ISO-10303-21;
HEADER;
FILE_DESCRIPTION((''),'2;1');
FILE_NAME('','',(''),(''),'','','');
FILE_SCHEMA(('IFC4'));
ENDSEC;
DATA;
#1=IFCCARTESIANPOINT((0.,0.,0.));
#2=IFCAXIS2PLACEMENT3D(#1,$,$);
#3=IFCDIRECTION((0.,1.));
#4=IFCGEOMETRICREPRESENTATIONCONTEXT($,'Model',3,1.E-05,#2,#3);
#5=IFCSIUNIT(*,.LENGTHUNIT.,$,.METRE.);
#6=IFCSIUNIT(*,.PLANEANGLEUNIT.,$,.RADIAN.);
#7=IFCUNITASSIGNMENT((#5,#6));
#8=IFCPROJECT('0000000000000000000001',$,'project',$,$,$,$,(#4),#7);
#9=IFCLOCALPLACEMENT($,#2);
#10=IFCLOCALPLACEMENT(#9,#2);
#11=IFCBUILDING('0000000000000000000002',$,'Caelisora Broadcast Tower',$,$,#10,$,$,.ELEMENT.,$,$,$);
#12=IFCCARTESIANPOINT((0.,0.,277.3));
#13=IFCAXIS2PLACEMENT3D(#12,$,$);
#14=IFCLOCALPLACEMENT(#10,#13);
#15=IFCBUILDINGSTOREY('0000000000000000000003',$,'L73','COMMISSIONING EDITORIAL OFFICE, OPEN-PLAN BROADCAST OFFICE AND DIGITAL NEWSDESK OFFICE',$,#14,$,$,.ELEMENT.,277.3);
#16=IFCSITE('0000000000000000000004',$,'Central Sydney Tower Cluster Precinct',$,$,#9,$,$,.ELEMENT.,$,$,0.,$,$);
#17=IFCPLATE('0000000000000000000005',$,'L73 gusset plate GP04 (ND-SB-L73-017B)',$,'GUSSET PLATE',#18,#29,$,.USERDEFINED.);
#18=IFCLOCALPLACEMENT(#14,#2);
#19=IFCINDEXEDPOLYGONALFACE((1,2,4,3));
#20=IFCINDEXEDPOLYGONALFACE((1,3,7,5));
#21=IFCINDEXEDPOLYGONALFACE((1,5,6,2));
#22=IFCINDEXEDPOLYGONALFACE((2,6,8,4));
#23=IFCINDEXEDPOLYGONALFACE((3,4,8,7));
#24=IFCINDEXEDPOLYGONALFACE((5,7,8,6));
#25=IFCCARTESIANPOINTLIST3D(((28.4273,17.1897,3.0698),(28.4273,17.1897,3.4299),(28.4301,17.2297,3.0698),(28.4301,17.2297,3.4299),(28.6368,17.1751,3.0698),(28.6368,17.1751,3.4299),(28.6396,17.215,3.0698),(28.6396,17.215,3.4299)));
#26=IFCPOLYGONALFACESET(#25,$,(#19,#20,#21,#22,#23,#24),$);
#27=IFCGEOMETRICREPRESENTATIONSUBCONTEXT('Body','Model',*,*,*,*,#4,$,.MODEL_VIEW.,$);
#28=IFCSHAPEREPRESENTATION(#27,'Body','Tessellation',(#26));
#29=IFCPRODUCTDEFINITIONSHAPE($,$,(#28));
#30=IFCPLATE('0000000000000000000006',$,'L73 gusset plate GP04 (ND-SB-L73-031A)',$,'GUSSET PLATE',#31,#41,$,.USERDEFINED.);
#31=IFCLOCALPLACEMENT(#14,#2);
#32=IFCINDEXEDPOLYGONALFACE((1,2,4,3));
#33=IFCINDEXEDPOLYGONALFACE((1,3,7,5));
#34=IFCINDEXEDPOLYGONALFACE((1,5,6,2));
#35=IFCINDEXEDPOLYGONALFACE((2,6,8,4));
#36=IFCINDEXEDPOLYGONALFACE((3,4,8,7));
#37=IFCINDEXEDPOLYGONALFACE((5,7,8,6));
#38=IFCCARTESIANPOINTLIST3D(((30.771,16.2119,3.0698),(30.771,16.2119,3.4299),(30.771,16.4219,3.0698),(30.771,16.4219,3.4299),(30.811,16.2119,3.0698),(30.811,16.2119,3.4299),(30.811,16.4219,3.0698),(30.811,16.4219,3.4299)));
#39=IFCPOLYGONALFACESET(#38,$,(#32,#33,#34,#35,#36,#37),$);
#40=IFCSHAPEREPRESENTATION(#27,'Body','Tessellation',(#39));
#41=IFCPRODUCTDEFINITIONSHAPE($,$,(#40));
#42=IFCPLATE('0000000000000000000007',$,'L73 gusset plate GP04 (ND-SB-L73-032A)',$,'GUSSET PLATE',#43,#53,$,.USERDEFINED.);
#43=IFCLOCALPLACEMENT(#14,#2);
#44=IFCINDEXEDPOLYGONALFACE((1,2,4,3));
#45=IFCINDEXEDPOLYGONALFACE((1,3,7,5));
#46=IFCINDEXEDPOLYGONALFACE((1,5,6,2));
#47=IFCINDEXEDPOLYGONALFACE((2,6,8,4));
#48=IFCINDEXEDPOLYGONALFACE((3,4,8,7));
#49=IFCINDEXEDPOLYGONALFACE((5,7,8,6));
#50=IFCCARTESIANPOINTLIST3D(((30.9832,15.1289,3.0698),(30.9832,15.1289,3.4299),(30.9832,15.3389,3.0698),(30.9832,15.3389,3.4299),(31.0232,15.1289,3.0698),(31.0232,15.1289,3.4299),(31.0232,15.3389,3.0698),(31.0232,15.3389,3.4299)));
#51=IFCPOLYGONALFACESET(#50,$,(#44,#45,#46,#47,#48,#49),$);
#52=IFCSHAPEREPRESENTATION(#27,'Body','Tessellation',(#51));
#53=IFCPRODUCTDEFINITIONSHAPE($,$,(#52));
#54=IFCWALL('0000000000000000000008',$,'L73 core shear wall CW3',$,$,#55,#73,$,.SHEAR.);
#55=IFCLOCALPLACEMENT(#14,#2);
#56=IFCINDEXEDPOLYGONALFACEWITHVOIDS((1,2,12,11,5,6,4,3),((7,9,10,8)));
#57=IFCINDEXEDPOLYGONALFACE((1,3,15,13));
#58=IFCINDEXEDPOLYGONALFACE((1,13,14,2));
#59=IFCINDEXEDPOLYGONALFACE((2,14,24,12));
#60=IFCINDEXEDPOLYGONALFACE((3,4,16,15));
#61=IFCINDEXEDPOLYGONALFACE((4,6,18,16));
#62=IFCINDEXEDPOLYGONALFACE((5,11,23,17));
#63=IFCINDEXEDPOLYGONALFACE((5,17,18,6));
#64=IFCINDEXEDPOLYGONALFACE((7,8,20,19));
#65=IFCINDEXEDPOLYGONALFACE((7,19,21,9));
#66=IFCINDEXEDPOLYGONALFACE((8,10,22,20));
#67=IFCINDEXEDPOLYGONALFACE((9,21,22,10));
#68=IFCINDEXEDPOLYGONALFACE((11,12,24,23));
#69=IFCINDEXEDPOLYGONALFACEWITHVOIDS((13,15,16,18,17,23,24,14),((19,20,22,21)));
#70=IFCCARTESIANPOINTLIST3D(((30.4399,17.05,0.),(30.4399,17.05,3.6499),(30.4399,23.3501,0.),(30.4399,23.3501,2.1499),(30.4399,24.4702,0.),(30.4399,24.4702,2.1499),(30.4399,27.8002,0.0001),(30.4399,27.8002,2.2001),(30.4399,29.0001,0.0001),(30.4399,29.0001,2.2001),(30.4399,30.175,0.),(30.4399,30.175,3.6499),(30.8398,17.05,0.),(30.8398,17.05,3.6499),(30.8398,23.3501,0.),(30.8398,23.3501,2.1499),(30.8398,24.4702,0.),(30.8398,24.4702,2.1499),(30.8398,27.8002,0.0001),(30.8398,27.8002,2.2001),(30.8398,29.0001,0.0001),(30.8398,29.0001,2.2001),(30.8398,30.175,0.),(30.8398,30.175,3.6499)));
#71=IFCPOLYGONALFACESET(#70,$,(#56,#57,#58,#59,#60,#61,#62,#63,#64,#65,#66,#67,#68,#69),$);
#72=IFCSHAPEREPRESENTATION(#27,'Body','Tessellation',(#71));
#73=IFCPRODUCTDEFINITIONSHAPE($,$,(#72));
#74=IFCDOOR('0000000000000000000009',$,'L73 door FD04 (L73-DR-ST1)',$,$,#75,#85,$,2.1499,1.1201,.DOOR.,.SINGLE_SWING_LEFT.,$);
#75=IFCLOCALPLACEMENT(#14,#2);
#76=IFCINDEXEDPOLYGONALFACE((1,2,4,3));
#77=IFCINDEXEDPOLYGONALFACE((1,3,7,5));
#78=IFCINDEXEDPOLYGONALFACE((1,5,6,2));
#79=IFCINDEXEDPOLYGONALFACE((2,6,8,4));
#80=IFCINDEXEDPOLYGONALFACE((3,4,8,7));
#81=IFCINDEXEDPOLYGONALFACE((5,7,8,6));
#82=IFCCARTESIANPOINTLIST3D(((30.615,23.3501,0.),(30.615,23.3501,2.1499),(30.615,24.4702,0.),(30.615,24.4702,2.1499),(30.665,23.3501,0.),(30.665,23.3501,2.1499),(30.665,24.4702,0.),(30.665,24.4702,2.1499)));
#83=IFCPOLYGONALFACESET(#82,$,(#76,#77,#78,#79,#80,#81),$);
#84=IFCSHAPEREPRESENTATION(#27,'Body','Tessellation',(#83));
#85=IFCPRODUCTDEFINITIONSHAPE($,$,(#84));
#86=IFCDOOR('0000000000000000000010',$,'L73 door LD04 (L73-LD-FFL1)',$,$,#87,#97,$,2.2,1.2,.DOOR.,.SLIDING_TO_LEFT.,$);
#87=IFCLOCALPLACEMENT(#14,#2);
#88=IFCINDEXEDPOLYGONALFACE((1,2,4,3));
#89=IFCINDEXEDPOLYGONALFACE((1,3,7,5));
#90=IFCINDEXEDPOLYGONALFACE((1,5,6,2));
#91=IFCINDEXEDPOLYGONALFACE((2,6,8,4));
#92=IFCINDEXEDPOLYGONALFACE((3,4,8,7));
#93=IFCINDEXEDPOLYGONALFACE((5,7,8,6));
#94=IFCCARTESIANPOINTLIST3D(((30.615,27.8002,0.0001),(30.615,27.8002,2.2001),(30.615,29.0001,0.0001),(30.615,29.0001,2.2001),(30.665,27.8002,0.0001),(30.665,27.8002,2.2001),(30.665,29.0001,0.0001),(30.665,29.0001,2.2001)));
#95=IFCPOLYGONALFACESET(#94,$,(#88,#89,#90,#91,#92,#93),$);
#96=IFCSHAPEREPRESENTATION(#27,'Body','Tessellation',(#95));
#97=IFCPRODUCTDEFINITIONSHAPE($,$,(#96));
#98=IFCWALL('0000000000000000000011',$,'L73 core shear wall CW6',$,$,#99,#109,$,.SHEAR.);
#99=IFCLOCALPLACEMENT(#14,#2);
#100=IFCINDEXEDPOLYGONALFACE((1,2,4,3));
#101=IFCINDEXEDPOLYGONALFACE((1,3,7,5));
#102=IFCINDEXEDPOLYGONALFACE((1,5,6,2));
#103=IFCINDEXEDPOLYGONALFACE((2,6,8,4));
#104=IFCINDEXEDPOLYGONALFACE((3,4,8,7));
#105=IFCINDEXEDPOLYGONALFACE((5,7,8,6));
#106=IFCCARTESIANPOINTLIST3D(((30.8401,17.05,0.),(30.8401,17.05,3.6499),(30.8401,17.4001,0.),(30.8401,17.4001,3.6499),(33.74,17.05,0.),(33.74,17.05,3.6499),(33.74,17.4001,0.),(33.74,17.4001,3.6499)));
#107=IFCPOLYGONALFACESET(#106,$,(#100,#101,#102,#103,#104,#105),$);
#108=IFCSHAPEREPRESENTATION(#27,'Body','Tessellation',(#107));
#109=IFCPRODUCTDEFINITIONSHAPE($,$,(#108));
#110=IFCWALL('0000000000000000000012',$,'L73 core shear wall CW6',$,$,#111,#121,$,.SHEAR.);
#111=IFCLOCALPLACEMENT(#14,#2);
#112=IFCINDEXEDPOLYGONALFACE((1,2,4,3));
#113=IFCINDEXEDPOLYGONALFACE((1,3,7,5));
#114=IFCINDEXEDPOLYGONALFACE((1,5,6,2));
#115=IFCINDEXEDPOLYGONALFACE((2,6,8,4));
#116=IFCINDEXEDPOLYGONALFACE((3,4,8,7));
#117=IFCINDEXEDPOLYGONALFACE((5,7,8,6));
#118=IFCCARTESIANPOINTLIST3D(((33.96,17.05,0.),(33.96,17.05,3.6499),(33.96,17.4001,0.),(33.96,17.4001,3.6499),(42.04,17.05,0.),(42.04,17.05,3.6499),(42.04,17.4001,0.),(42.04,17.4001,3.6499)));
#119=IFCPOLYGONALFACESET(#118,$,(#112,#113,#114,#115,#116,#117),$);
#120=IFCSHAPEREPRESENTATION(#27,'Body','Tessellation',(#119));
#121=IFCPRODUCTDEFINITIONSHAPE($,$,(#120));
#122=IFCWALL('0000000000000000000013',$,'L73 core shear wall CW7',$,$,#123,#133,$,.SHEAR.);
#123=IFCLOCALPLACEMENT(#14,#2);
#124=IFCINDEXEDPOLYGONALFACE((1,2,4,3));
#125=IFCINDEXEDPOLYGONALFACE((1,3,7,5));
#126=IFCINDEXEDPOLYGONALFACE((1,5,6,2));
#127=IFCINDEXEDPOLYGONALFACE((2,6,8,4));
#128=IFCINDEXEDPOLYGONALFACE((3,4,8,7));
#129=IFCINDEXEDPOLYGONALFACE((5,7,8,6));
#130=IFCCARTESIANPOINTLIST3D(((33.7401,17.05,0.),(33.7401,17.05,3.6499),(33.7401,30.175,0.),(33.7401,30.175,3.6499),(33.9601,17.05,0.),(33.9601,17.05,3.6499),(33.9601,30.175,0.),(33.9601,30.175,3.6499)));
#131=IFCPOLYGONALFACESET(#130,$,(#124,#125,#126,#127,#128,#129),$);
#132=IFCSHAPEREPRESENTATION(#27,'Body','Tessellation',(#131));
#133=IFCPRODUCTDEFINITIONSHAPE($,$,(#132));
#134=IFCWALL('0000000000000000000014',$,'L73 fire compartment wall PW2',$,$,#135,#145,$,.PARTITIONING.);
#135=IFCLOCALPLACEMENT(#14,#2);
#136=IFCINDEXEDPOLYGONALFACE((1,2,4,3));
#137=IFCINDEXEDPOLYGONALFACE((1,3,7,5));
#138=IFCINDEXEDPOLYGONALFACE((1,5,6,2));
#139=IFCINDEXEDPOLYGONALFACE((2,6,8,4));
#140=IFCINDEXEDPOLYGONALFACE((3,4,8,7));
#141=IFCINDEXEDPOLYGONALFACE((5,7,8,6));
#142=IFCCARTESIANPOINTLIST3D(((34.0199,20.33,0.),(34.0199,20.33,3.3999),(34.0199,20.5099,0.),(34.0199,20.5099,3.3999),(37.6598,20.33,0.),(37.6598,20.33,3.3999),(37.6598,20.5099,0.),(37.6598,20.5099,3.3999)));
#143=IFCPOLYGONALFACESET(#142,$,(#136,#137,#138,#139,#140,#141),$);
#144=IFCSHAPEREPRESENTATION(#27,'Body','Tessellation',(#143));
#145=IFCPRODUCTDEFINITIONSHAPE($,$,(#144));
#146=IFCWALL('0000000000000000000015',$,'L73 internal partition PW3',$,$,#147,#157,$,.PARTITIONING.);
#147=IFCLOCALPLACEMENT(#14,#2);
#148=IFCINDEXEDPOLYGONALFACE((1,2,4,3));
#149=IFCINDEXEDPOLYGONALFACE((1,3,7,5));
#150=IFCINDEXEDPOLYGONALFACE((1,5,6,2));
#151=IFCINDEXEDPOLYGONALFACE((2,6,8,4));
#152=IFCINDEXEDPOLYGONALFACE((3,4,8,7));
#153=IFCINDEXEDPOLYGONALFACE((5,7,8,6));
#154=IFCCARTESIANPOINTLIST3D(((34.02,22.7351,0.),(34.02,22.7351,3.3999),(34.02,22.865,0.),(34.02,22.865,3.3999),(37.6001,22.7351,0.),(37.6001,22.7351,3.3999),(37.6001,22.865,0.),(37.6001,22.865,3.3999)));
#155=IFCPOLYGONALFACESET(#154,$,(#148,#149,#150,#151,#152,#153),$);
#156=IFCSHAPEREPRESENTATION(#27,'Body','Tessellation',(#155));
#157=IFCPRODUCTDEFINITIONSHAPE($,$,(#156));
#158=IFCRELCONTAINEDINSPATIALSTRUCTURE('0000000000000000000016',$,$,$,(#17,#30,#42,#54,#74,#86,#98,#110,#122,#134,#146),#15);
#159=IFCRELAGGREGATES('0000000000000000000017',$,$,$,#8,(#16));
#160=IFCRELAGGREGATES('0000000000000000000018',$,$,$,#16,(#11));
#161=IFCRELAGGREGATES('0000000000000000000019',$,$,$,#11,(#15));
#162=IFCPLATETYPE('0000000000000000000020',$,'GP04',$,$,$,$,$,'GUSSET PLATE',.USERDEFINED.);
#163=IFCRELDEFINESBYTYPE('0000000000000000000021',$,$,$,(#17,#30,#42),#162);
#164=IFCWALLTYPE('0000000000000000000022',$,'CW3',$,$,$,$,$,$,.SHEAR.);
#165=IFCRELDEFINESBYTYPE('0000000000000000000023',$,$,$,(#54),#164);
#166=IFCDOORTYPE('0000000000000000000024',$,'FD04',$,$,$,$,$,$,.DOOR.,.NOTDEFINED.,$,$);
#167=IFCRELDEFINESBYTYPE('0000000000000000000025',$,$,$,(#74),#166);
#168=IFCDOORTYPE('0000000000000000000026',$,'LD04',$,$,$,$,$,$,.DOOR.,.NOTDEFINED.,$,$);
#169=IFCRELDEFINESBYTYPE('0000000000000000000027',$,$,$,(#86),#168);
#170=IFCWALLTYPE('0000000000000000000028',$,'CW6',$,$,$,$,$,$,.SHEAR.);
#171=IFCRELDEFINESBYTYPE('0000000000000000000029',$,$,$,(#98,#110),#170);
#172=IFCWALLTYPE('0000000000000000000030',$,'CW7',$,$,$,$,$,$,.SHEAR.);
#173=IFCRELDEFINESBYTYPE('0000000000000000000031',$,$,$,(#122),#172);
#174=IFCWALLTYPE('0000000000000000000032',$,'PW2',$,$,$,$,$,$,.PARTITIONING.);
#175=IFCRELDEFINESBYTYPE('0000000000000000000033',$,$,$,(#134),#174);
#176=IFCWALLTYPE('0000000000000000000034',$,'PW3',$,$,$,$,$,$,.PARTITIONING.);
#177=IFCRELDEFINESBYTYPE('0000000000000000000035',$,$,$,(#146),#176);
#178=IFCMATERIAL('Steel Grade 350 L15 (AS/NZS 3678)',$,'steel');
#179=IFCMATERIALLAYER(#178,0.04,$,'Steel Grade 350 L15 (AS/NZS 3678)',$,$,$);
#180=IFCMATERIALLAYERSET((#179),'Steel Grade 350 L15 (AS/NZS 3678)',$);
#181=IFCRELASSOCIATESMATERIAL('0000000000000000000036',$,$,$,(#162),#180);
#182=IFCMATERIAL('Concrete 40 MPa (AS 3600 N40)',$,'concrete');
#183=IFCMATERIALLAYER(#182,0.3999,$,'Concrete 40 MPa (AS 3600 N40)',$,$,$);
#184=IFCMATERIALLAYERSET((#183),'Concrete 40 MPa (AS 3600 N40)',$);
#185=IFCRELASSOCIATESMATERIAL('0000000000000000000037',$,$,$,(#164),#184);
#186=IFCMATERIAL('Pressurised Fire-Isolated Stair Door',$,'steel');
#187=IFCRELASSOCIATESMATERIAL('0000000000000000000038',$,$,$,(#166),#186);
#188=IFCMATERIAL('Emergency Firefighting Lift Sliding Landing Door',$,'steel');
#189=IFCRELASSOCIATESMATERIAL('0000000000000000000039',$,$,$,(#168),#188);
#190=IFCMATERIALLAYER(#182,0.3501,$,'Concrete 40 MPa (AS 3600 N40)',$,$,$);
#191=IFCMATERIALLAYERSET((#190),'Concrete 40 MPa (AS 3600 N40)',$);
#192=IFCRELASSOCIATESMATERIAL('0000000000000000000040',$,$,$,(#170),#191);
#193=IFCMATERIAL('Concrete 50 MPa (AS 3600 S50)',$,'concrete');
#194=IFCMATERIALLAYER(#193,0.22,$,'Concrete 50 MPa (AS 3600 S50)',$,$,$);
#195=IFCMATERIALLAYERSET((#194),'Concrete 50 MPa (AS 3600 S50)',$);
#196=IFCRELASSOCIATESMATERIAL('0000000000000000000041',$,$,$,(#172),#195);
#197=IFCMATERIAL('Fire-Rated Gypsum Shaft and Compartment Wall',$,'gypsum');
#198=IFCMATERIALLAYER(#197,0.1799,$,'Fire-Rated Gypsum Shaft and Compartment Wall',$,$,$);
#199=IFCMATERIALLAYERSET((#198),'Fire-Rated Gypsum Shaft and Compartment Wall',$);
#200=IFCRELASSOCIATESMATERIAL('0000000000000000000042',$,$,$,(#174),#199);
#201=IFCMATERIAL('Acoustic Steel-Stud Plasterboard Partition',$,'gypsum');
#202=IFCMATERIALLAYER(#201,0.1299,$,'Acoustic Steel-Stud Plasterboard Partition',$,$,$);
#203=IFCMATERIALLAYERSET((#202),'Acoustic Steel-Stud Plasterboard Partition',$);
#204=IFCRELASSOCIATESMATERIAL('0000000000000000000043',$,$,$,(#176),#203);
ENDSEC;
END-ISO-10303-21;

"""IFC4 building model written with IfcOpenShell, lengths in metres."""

from ifc_helpers import new_model, si_unit, direction, frame, frame_2d, origin, origin_2d, place, context, subcontext, project, spatial, rectangle, extrude, source, transform, mapped, material, layer, layer_set, type_object, element, fill, save


model = new_model("IFC4")

# Units and contexts
model_context = context("Model", 3, precision=1e-05, world=origin(), true_north=direction((0.0, 1.0)))
body_context = subcontext(model_context, "Body", "Model", "MODEL_VIEW")
ifc_project = project(units=[si_unit("LENGTHUNIT", "METRE"), si_unit("PLANEANGLEUNIT", "RADIAN")], contexts=[model_context])

# Site, building, storey
site_placement = place(None, origin())
site = spatial("IfcSite", under=ifc_project, at=site_placement, Name="Central Sydney Tower Cluster Precinct", CompositionType="ELEMENT", RefElevation=0.0)
building_placement = place(site_placement, origin())
building = spatial("IfcBuilding", under=site, at=building_placement, Name="Caelisora Broadcast Tower", CompositionType="ELEMENT")
storey_placement = place(building_placement, frame((0.0, 0.0, 277.3)))
storey = spatial("IfcBuildingStorey", under=building, at=storey_placement, Name="L73", Description="COMMISSIONING EDITORIAL OFFICE, OPEN-PLAN BROADCAST OFFICE AND DIGITAL NEWSDESK OFFICE", CompositionType="ELEMENT", Elevation=277.3)

# Plates
ifc_material_1 = material(Name="Steel Grade 350 L15 (AS/NZS 3678)", Category="steel")
ifc_layer_1 = layer(ifc_material_1, 0.04, Name="Steel Grade 350 L15 (AS/NZS 3678)")
ifc_layer_set_1 = layer_set([ifc_layer_1], Name="Steel Grade 350 L15 (AS/NZS 3678)")
plate_type = type_object("IfcPlateType", Name="GP04", ElementType="GUSSET PLATE", PredefinedType="USERDEFINED", material=ifc_layer_set_1)
shared_shape_1 = source(origin(), body_context, "Body", "SweptSolid", [
    extrude(rectangle(XDim=0.21, YDim=0.04, at=origin_2d()), origin(), (0.0, 0.0, 1.0), 0.3601),
])
for number, where, z_axis, x_axis, name in (
    (1, (28.5334, 17.2024, 3.0698), (0.0, 0.0, 1.0), (0.997564, -0.069756, 0.0), "L73 gusset plate GP04 (ND-SB-L73-017B)"),
    (2, (30.791, 16.3169, 3.0698), (0.0, 0.0, 1.0), (0.0, 1.0, 0.0), "L73 gusset plate GP04 (ND-SB-L73-031A)"),
    (3, (31.0032, 15.2339, 3.0698), (0.0, 0.0, 1.0), (0.0, 1.0, 0.0), "L73 gusset plate GP04 (ND-SB-L73-032A)"),
):
    element("IfcPlate", number, at=place(storey_placement, frame(where, z_axis=z_axis, x_axis=x_axis)), inside=storey, type_object=plate_type, Name=name, ObjectType="GUSSET PLATE", PredefinedType="USERDEFINED", context=body_context, shape_type="MappedRepresentation", body=[
        mapped(shared_shape_1, transform((0.0, 0.0, 0.0), scale=1.0)),
    ])

# Wall, openings, doors
ifc_material_2 = material(Name="Concrete 40 MPa (AS 3600 N40)", Category="concrete")
ifc_layer_2 = layer(ifc_material_2, 0.3999, Name="Concrete 40 MPa (AS 3600 N40)")
ifc_layer_set_2 = layer_set([ifc_layer_2], Name="Concrete 40 MPa (AS 3600 N40)")
wall_type_1 = type_object("IfcWallType", Name="CW3", PredefinedType="SHEAR", material=ifc_layer_set_2)
wall_1_placement = place(storey_placement, frame((30.6399, 17.05, 0.0), z_axis=(0.0, 0.0, 1.0), x_axis=(0.0, 1.0, 0.0)))
wall_1 = element("IfcWall", 4, at=wall_1_placement, inside=storey, type_object=wall_type_1, Name="L73 core shear wall CW3", PredefinedType="SHEAR", context=body_context, shape_type="SweptSolid", body=[
    extrude(rectangle(XDim=13.125, YDim=0.3999, at=frame_2d((6.5625, 0.0))), origin(), (0.0, 0.0, 1.0), 3.6499),
])
opening_1_placement = place(wall_1_placement, frame((6.3, 0.0, 0.0)))
opening_1 = element("IfcOpeningElement", 5, at=opening_1_placement, cuts=wall_1, PredefinedType="OPENING", context=body_context, shape_type="SweptSolid", body=[
    extrude(rectangle(XDim=1.1201, YDim=2.1499, at=frame_2d((0.5601, 1.075))), frame((0.0, 0.2119, 0.0), z_axis=(0.0, -1.0, 0.0), x_axis=(1.0, 0.0, 0.0)), (0.0, 0.0, 1.0), 0.4238),
])
opening_2_placement = place(wall_1_placement, frame((10.75, 0.0, 0.0)))
opening_2 = element("IfcOpeningElement", 6, at=opening_2_placement, cuts=wall_1, PredefinedType="OPENING", context=body_context, shape_type="SweptSolid", body=[
    extrude(rectangle(XDim=1.2, YDim=2.2, at=frame_2d((0.6001, 1.1001))), frame((0.0, 0.2119, 0.0), z_axis=(0.0, -1.0, 0.0), x_axis=(1.0, 0.0, 0.0)), (0.0, 0.0, 1.0), 0.4238),
])
ifc_material_3 = material(Name="Pressurised Fire-Isolated Stair Door", Category="steel")
door_type_1 = type_object("IfcDoorType", Name="FD04", OperationType="NOTDEFINED", PredefinedType="DOOR", material=ifc_material_3)
door_1_placement = place(opening_1_placement, origin())
door_1 = element("IfcDoor", 7, at=door_1_placement, inside=storey, type_object=door_type_1, Name="L73 door FD04 (L73-DR-ST1)", OperationType="SINGLE_SWING_LEFT", OverallHeight=2.1499, OverallWidth=1.1201, PredefinedType="DOOR", context=body_context, shape_type="SweptSolid", body=[
    extrude(rectangle(XDim=1.1201, YDim=2.1499, at=frame_2d((0.5601, 1.075))), frame((0.0, 0.0249, 0.0), z_axis=(0.0, -1.0, 0.0), x_axis=(1.0, 0.0, 0.0)), (0.0, 0.0, 1.0), 0.05),
])
fill(opening_1, door_1)
ifc_material_4 = material(Name="Emergency Firefighting Lift Sliding Landing Door", Category="steel")
door_type_2 = type_object("IfcDoorType", Name="LD04", OperationType="NOTDEFINED", PredefinedType="DOOR", material=ifc_material_4)
door_2_placement = place(opening_2_placement, origin())
door_2 = element("IfcDoor", 8, at=door_2_placement, inside=storey, type_object=door_type_2, Name="L73 door LD04 (L73-LD-FFL1)", OperationType="SLIDING_TO_LEFT", OverallHeight=2.2, OverallWidth=1.2, PredefinedType="DOOR", context=body_context, shape_type="SweptSolid", body=[
    extrude(rectangle(XDim=1.2, YDim=2.2, at=frame_2d((0.6001, 1.1001))), frame((0.0, 0.0249, 0.0), z_axis=(0.0, -1.0, 0.0), x_axis=(1.0, 0.0, 0.0)), (0.0, 0.0, 1.0), 0.05),
])
fill(opening_2, door_2)

# Walls
ifc_layer_3 = layer(ifc_material_2, 0.3501, Name="Concrete 40 MPa (AS 3600 N40)")
ifc_layer_set_3 = layer_set([ifc_layer_3], Name="Concrete 40 MPa (AS 3600 N40)")
wall_type_2 = type_object("IfcWallType", Name="CW6", PredefinedType="SHEAR", material=ifc_layer_set_3)
wall_2_placement = place(storey_placement, frame((30.8401, 17.2251, 0.0), z_axis=(0.0, 0.0, 1.0), x_axis=(1.0, 0.0, 0.0)))
element("IfcWall", 9, at=wall_2_placement, inside=storey, type_object=wall_type_2, Name="L73 core shear wall CW6", PredefinedType="SHEAR", context=body_context, shape_type="SweptSolid", body=[
    extrude(rectangle(XDim=2.8999, YDim=0.3501, at=frame_2d((1.45, 0.0))), origin(), (0.0, 0.0, 1.0), 3.6499),
])
wall_3_placement = place(storey_placement, frame((33.96, 17.2251, 0.0), z_axis=(0.0, 0.0, 1.0), x_axis=(1.0, 0.0, 0.0)))
element("IfcWall", 10, at=wall_3_placement, inside=storey, type_object=wall_type_2, Name="L73 core shear wall CW6", PredefinedType="SHEAR", context=body_context, shape_type="SweptSolid", body=[
    extrude(rectangle(XDim=8.0801, YDim=0.3501, at=frame_2d((4.04, 0.0))), origin(), (0.0, 0.0, 1.0), 3.6499),
])
ifc_material_5 = material(Name="Concrete 50 MPa (AS 3600 S50)", Category="concrete")
ifc_layer_4 = layer(ifc_material_5, 0.22, Name="Concrete 50 MPa (AS 3600 S50)")
ifc_layer_set_4 = layer_set([ifc_layer_4], Name="Concrete 50 MPa (AS 3600 S50)")
wall_type_3 = type_object("IfcWallType", Name="CW7", PredefinedType="SHEAR", material=ifc_layer_set_4)
wall_4_placement = place(storey_placement, frame((33.8501, 17.05, 0.0), z_axis=(0.0, 0.0, 1.0), x_axis=(0.0, 1.0, 0.0)))
element("IfcWall", 11, at=wall_4_placement, inside=storey, type_object=wall_type_3, Name="L73 core shear wall CW7", PredefinedType="SHEAR", context=body_context, shape_type="SweptSolid", body=[
    extrude(rectangle(XDim=13.125, YDim=0.22, at=frame_2d((6.5625, 0.0))), origin(), (0.0, 0.0, 1.0), 3.6499),
])
ifc_material_6 = material(Name="Fire-Rated Gypsum Shaft and Compartment Wall", Category="gypsum")
ifc_layer_5 = layer(ifc_material_6, 0.1799, Name="Fire-Rated Gypsum Shaft and Compartment Wall")
ifc_layer_set_5 = layer_set([ifc_layer_5], Name="Fire-Rated Gypsum Shaft and Compartment Wall")
wall_type_4 = type_object("IfcWallType", Name="PW2", PredefinedType="PARTITIONING", material=ifc_layer_set_5)
wall_5_placement = place(storey_placement, frame((34.02, 20.4199, 0.0), z_axis=(0.0, 0.0, 1.0), x_axis=(1.0, 0.0, 0.0)))
element("IfcWall", 12, at=wall_5_placement, inside=storey, type_object=wall_type_4, Name="L73 fire compartment wall PW2", PredefinedType="PARTITIONING", context=body_context, shape_type="SweptSolid", body=[
    extrude(rectangle(XDim=3.6399, YDim=0.1799, at=frame_2d((1.8198, 0.0))), origin(), (0.0, 0.0, 1.0), 3.3999),
])
ifc_material_7 = material(Name="Acoustic Steel-Stud Plasterboard Partition", Category="gypsum")
ifc_layer_6 = layer(ifc_material_7, 0.1299, Name="Acoustic Steel-Stud Plasterboard Partition")
ifc_layer_set_6 = layer_set([ifc_layer_6], Name="Acoustic Steel-Stud Plasterboard Partition")
wall_type_5 = type_object("IfcWallType", Name="PW3", PredefinedType="PARTITIONING", material=ifc_layer_set_6)
wall_6_placement = place(storey_placement, frame((34.02, 22.8, 0.0), z_axis=(0.0, 0.0, 1.0), x_axis=(1.0, 0.0, 0.0)))
element("IfcWall", 13, at=wall_6_placement, inside=storey, type_object=wall_type_5, Name="L73 internal partition PW3", PredefinedType="PARTITIONING", context=body_context, shape_type="SweptSolid", body=[
    extrude(rectangle(XDim=3.5801, YDim=0.1299, at=frame_2d((1.79, 0.0))), origin(), (0.0, 0.0, 1.0), 3.3999),
])

save(model, "model.ifc")
